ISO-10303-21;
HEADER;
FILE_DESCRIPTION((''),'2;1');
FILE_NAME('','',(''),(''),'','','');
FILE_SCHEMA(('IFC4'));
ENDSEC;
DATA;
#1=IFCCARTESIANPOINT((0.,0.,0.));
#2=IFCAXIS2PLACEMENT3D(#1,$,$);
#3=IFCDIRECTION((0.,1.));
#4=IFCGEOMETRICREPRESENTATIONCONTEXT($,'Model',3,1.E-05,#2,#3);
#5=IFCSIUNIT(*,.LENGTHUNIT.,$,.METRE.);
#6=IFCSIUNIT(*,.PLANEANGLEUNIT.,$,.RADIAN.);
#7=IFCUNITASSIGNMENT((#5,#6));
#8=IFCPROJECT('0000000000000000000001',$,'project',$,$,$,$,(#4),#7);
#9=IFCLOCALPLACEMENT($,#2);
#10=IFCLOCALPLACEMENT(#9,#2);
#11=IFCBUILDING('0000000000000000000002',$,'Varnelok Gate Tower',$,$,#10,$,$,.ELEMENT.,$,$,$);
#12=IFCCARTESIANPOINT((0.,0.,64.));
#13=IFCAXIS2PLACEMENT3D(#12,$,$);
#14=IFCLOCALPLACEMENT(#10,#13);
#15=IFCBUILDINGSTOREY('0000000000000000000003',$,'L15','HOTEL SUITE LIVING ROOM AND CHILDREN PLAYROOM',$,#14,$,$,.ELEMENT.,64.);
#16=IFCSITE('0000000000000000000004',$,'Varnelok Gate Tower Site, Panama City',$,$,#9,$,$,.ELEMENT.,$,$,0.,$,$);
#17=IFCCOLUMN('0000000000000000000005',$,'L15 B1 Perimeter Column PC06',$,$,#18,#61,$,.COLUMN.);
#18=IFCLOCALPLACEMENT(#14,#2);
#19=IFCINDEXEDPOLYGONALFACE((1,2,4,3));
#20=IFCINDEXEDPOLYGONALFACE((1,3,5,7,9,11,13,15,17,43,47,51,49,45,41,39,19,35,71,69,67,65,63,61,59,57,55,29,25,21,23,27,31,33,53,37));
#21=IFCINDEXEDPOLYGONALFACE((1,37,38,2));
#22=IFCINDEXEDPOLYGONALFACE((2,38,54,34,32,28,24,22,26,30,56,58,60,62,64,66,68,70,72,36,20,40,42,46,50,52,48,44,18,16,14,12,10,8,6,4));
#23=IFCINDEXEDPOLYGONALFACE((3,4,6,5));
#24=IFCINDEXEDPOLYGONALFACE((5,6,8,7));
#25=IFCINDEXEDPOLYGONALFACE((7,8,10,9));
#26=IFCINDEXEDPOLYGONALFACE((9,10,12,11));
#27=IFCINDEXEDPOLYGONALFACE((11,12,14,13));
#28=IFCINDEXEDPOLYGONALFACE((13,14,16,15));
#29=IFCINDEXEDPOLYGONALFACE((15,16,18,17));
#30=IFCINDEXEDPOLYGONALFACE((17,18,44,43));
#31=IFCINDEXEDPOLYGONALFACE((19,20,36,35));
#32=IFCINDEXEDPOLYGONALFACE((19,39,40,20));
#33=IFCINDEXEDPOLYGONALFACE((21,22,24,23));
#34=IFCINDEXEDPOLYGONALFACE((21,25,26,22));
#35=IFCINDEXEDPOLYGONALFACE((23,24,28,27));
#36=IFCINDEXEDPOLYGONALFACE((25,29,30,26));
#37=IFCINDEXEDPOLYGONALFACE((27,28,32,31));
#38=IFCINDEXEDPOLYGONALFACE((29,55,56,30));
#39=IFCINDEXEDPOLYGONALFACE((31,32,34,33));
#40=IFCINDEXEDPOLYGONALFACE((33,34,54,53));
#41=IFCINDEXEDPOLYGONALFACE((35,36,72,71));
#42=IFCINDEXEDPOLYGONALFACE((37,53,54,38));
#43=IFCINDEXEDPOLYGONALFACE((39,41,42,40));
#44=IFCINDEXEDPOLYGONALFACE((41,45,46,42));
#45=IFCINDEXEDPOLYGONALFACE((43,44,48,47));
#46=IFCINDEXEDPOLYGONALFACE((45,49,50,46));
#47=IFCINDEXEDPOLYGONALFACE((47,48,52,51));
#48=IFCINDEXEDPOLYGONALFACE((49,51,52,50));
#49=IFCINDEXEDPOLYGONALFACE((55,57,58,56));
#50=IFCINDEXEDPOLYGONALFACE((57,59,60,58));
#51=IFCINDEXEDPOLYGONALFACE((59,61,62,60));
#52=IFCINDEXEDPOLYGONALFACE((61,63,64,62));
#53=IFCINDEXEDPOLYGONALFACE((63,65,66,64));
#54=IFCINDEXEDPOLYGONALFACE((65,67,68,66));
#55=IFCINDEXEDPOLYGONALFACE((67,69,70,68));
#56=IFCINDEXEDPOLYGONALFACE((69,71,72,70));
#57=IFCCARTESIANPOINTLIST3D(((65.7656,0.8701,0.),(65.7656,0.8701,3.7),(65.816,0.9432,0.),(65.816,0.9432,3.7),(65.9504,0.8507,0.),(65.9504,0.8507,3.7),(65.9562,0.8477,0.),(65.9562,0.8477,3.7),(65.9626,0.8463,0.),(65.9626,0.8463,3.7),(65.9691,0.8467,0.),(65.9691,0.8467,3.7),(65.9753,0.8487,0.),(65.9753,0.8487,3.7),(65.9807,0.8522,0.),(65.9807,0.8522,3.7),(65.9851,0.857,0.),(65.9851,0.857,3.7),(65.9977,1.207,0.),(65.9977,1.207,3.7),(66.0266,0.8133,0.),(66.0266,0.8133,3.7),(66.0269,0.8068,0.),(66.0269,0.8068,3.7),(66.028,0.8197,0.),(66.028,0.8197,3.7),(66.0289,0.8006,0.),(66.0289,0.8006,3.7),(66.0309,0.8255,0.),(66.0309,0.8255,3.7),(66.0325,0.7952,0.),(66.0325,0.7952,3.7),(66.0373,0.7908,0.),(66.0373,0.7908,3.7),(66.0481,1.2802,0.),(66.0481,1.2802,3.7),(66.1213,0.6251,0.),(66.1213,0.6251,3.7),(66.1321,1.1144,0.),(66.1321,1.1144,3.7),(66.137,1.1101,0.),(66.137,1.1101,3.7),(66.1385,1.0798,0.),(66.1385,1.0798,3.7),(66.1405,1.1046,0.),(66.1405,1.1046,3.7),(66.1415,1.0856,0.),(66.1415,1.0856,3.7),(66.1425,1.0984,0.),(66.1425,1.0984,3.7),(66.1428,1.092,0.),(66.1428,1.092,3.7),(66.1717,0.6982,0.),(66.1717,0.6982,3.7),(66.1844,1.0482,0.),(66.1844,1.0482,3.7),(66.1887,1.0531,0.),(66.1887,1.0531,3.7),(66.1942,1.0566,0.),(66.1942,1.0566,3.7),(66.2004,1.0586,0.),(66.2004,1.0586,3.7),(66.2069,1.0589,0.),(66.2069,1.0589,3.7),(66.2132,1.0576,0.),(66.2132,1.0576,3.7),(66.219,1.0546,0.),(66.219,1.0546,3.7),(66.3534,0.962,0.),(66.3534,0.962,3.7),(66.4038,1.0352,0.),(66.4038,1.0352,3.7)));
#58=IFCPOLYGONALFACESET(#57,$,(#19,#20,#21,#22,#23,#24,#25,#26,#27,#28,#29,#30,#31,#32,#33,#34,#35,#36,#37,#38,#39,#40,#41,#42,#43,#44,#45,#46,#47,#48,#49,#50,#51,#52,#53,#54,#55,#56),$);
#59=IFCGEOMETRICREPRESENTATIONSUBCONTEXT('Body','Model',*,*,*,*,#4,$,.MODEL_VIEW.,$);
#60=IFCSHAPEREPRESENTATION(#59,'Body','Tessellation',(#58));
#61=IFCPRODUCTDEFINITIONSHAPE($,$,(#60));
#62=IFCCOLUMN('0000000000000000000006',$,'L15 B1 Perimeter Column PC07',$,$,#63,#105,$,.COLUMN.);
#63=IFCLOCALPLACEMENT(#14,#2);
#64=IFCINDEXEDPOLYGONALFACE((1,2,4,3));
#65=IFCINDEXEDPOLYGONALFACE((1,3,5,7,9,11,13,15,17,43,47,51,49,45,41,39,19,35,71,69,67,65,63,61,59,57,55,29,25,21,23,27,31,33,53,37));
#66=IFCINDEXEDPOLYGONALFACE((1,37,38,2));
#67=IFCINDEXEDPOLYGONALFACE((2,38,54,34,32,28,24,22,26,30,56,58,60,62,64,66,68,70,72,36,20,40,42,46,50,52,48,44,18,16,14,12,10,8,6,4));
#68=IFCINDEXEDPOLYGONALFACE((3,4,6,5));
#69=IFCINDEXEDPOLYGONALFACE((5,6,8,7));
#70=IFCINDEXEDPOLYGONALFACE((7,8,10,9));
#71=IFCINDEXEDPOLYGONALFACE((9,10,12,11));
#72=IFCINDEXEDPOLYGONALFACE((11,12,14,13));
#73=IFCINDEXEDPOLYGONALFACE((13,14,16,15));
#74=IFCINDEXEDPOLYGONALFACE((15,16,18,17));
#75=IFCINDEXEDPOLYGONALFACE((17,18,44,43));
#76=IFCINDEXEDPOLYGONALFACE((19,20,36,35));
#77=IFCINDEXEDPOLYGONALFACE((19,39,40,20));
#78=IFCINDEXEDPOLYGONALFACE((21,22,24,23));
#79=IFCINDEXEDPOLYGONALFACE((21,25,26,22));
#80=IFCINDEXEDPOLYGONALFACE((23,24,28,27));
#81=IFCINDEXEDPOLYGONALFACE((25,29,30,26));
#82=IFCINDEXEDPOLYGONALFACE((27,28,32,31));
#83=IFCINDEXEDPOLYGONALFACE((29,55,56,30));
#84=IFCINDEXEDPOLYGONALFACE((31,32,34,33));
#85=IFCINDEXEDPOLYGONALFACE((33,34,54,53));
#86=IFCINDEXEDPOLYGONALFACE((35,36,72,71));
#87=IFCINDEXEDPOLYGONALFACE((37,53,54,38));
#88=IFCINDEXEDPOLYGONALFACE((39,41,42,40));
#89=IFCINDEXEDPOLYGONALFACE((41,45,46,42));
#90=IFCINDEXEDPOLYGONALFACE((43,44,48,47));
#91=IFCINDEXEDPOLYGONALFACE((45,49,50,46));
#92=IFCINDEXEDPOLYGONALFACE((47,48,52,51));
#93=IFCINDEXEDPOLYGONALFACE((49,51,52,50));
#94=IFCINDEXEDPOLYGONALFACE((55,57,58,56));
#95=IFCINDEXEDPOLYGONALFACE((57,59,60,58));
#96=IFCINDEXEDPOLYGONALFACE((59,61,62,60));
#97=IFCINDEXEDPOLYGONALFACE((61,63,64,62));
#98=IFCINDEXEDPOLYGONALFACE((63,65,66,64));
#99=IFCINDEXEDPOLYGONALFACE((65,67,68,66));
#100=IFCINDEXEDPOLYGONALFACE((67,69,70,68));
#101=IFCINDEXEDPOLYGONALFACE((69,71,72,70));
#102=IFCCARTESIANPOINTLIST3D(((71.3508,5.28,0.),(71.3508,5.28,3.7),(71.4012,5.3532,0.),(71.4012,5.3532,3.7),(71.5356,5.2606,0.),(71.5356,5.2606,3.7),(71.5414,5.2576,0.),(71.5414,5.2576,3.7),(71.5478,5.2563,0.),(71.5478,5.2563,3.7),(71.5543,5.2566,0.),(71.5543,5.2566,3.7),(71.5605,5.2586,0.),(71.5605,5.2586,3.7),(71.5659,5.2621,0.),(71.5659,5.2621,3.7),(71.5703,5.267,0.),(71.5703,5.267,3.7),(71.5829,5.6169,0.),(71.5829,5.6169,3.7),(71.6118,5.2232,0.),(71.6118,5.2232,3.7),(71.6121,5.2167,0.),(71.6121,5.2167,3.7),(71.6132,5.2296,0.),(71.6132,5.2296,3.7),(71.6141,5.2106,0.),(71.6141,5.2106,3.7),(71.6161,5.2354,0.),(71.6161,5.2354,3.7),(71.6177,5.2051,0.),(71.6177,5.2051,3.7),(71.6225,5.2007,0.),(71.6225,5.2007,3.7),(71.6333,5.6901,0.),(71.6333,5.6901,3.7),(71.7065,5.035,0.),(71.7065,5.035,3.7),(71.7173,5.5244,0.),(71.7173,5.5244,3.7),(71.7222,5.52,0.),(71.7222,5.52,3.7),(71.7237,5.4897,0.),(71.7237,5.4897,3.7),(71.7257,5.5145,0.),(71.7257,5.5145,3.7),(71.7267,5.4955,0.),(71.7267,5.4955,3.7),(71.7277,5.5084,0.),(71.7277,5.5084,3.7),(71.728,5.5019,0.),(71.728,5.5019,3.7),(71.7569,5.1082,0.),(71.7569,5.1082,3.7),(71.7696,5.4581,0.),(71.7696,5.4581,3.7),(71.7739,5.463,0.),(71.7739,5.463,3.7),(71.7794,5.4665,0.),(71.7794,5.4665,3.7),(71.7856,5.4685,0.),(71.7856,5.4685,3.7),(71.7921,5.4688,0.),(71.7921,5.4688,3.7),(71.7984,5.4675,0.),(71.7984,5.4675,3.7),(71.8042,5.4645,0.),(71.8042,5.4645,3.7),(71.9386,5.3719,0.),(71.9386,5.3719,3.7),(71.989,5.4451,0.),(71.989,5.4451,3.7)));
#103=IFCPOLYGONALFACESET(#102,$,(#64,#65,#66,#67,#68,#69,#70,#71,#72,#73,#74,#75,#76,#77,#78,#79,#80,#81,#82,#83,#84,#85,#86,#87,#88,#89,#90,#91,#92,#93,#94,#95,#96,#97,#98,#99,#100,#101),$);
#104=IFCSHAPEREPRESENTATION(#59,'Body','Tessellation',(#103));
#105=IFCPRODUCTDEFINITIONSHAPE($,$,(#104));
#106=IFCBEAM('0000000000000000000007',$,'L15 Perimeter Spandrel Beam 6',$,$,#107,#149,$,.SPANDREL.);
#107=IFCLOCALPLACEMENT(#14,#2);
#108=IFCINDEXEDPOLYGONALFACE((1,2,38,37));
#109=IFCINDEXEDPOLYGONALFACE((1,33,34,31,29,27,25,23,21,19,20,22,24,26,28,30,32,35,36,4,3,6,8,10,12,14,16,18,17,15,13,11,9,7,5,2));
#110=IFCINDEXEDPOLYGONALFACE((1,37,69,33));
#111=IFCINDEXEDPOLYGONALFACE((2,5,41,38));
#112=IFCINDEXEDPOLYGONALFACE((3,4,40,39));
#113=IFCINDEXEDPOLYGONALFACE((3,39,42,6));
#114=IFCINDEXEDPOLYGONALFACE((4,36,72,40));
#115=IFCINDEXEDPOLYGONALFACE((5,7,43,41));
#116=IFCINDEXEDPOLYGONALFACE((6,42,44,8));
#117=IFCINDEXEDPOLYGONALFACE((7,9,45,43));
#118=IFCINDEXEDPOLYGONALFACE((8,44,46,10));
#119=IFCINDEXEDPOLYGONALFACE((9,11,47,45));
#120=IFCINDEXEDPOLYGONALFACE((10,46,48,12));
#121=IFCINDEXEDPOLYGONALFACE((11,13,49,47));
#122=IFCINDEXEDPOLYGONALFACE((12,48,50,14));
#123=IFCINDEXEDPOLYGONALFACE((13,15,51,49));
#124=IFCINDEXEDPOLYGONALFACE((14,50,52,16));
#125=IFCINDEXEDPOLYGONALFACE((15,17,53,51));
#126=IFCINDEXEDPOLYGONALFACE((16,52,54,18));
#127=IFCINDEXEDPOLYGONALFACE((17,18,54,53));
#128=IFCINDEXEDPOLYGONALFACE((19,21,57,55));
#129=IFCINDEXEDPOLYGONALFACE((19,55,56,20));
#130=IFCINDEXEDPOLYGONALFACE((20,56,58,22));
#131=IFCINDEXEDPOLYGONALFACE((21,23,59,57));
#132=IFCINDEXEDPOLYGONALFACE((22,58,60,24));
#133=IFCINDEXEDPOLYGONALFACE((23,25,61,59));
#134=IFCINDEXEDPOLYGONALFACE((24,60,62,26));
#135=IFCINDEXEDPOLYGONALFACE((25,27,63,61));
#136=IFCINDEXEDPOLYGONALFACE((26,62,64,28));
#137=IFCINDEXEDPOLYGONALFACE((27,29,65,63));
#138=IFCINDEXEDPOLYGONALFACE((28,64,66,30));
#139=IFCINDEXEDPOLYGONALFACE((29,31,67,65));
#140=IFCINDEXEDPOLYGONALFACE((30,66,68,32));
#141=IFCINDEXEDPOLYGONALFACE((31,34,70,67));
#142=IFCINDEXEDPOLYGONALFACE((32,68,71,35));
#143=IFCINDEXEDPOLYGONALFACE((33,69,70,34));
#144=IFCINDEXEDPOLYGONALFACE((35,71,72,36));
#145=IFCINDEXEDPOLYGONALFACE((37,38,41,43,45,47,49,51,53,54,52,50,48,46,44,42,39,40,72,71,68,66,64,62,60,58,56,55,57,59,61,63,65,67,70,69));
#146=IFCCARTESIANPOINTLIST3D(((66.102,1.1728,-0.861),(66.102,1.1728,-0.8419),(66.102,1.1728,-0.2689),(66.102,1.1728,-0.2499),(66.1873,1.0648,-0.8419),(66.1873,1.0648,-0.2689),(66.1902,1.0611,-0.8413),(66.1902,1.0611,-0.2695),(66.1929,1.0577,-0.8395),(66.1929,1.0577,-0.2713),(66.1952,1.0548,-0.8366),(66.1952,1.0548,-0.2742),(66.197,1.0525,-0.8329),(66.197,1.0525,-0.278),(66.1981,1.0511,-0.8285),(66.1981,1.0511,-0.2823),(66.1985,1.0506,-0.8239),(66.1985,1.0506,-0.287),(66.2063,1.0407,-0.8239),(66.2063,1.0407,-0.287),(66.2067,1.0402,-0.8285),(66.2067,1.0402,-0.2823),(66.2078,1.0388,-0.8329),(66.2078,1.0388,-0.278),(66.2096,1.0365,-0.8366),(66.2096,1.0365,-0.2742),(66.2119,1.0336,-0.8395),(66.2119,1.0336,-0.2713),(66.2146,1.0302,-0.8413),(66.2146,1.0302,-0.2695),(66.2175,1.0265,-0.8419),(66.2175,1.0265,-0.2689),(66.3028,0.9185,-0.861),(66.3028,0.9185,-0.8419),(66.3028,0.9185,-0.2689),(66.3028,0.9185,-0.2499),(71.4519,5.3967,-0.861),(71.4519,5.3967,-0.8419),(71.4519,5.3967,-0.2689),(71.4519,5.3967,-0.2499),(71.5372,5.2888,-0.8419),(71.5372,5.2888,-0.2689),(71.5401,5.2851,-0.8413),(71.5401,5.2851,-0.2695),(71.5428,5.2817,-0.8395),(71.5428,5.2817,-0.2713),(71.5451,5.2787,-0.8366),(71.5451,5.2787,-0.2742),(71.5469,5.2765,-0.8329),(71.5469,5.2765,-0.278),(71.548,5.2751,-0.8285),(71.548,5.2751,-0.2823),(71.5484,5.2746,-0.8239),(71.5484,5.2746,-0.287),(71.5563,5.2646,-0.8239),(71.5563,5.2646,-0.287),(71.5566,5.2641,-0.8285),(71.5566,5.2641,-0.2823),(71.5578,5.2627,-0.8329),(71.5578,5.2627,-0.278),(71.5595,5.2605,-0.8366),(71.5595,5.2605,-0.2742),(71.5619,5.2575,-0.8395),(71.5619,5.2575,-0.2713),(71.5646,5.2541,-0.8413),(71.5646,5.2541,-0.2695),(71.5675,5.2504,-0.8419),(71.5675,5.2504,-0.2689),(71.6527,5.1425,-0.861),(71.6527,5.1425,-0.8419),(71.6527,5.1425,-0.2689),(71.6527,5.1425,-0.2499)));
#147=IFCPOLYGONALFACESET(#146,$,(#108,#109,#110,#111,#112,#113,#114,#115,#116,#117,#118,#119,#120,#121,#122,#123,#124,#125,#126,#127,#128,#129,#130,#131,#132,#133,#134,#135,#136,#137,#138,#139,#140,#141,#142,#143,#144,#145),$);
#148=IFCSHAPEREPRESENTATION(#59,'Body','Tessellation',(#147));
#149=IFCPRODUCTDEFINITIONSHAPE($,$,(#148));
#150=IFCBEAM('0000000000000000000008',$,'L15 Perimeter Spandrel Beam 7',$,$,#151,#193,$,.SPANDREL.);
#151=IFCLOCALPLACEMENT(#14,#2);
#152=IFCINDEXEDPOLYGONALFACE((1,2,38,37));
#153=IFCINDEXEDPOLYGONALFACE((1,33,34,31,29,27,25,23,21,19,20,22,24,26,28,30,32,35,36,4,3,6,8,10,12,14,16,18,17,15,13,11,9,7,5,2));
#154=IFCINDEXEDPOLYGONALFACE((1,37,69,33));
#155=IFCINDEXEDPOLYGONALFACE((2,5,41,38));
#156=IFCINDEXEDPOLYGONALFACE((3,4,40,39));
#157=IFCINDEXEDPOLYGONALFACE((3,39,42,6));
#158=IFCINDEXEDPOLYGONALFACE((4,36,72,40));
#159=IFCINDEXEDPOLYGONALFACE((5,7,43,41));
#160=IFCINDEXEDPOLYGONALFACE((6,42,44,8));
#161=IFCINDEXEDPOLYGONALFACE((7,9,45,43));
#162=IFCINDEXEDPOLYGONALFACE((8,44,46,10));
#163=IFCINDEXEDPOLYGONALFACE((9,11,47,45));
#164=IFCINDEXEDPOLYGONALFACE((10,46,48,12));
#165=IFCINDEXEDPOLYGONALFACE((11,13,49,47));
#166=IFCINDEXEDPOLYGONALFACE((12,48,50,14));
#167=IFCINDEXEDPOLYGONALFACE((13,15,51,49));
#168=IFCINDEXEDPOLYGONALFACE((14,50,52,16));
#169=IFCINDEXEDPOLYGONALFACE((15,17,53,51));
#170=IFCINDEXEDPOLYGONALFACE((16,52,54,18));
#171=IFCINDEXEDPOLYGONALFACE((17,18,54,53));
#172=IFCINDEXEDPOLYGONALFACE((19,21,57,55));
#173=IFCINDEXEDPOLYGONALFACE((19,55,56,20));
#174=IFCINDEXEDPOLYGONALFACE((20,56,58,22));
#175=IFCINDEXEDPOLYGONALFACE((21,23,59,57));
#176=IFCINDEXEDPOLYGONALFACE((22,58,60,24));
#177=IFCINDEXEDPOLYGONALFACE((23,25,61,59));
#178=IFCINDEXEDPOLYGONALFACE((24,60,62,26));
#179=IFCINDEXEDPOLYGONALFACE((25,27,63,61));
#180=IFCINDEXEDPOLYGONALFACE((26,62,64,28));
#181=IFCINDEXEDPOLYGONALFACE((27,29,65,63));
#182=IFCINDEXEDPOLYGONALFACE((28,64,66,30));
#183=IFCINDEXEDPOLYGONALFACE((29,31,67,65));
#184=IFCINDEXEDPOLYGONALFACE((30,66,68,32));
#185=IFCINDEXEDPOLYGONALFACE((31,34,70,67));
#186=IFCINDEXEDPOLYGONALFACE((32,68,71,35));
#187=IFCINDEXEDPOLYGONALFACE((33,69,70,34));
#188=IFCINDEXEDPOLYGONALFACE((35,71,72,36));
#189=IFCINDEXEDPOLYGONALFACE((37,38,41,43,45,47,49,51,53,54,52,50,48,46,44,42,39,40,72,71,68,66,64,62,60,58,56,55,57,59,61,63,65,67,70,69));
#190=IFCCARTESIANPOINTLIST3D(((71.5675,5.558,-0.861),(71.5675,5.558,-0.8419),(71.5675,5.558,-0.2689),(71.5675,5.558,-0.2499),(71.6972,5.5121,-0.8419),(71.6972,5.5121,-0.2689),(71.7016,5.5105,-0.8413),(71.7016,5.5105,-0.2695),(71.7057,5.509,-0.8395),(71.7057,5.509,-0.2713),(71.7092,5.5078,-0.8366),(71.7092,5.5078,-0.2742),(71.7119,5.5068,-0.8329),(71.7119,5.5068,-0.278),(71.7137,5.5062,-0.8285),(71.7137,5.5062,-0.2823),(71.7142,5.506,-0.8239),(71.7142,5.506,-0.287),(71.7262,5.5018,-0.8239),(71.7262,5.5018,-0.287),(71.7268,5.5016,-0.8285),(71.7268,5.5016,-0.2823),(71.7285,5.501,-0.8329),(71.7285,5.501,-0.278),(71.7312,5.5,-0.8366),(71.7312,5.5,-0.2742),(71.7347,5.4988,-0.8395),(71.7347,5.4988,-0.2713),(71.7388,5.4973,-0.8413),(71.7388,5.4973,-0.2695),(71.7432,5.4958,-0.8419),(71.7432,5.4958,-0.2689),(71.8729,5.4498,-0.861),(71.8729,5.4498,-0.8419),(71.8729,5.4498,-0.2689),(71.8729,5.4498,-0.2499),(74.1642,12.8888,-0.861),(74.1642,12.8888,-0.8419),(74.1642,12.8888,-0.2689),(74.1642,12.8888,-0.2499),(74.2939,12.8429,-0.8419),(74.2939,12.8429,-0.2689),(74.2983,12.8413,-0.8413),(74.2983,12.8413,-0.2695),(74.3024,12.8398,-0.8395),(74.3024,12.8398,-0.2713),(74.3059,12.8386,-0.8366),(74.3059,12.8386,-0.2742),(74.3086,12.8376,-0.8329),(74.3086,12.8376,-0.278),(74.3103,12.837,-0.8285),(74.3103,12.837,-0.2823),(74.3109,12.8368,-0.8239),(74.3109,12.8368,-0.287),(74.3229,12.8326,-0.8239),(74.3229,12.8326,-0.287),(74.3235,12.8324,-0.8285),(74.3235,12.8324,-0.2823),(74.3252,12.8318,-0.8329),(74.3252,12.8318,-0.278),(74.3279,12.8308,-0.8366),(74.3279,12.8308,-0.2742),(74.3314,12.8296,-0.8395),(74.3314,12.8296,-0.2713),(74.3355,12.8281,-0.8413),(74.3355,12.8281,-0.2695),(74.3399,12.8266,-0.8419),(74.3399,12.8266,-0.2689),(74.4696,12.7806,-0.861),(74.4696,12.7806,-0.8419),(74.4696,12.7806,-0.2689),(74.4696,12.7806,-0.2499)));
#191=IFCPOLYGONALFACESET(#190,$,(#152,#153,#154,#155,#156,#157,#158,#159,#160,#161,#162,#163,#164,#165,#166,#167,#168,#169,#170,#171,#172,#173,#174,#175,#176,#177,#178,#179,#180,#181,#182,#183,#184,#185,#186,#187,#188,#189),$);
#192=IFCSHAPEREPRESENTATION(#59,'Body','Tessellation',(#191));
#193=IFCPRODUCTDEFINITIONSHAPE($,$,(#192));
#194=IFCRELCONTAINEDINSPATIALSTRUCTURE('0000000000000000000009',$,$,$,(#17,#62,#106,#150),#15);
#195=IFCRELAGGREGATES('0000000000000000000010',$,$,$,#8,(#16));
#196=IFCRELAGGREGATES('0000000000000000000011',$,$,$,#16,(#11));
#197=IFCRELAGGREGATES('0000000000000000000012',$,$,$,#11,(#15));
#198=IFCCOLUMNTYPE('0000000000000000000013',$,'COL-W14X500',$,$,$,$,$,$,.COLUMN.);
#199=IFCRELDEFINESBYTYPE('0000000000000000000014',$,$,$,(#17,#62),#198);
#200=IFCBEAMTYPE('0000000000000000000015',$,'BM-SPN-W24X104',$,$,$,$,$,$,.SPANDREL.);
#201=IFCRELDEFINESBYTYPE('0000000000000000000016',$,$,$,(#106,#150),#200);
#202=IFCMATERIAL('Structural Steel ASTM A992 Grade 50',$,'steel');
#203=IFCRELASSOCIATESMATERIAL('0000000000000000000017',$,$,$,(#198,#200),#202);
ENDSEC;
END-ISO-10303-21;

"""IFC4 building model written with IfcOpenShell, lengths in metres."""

from ifc_helpers import new_model, si_unit, direction, frame, origin, origin_2d, place, context, subcontext, project, spatial, i_section, extrude, material, material_profile, profile_set, type_object, element, save


model = new_model("IFC4")

# Units and contexts
model_context = context("Model", 3, precision=1e-05, world=origin(), true_north=direction((0.0, 1.0)))
body_context = subcontext(model_context, "Body", "Model", "MODEL_VIEW")
ifc_project = project(units=[si_unit("LENGTHUNIT", "METRE"), si_unit("PLANEANGLEUNIT", "RADIAN")], contexts=[model_context])

# Site, building, storey
site_placement = place(None, origin())
site = spatial("IfcSite", under=ifc_project, at=site_placement, Name="Varnelok Gate Tower Site, Panama City", CompositionType="ELEMENT", RefElevation=0.0)
building_placement = place(site_placement, origin())
building = spatial("IfcBuilding", under=site, at=building_placement, Name="Varnelok Gate Tower", CompositionType="ELEMENT")
storey_placement = place(building_placement, frame((0.0, 0.0, 64.0)))
storey = spatial("IfcBuildingStorey", under=building, at=storey_placement, Name="L15", Description="HOTEL SUITE LIVING ROOM AND CHILDREN PLAYROOM", CompositionType="ELEMENT", Elevation=64.0)

# Columns
ifc_material_1 = material(Name="Structural Steel ASTM A992 Grade 50", Category="steel")
ifc_material_profile_1 = material_profile(ifc_material_1, i_section(OverallWidth=0.4319, OverallDepth=0.498, WebThickness=0.0557, FlangeThickness=0.0889, FilletRadius=0.0249, at=origin_2d()), Name="W14X500")
ifc_profile_set_1 = profile_set([ifc_material_profile_1], Name="Structural Steel ASTM A992 Grade 50")
column_type = type_object("IfcColumnType", Name="COL-W14X500", PredefinedType="COLUMN", material=ifc_profile_set_1)
for number, where, z_axis, x_axis, name in (
    (1, (66.0847, 0.9526, 0.0), (0.0, 0.0, 1.0), (0.823533, -0.567269, 0.0), "L15 B1 Perimeter Column PC06"),
    (2, (71.6699, 5.3625, 0.0), (0.0, 0.0, 1.0), (0.823533, -0.567269, 0.0), "L15 B1 Perimeter Column PC07"),
):
    element("IfcColumn", number, at=place(storey_placement, frame(where, z_axis=z_axis, x_axis=x_axis)), inside=storey, type_object=column_type, Name=name, PredefinedType="COLUMN", context=body_context, shape_type="SweptSolid", body=[
        extrude(i_section(OverallWidth=0.4319, OverallDepth=0.498, WebThickness=0.0557, FlangeThickness=0.0889, FilletRadius=0.0249, at=origin_2d()), origin(), (0.0, 0.0, 1.0), 3.7),
    ])

# Beams
ifc_material_profile_2 = material_profile(ifc_material_1, i_section(OverallWidth=0.324, OverallDepth=0.6111, WebThickness=0.0127, FlangeThickness=0.019, FilletRadius=0.0181, at=origin_2d()), Name="W24X104")
ifc_profile_set_2 = profile_set([ifc_material_profile_2], Name="Structural Steel ASTM A992 Grade 50")
beam_type = type_object("IfcBeamType", Name="BM-SPN-W24X104", PredefinedType="SPANDREL", material=ifc_profile_set_2)
beam_1_placement = place(storey_placement, frame((66.2024, 1.0457, -0.5554), z_axis=(0.784861, 0.619672, 0.0), x_axis=(-0.619672, 0.784861, 0.0)))
element("IfcBeam", 3, at=beam_1_placement, inside=storey, type_object=beam_type, Name="L15 Perimeter Spandrel Beam 6", PredefinedType="SPANDREL", context=body_context, shape_type="SweptSolid", body=[
    extrude(i_section(OverallWidth=0.324, OverallDepth=0.6111, WebThickness=0.0127, FlangeThickness=0.019, FilletRadius=0.0181, at=origin_2d()), origin(), (0.0, 0.0, 1.0), 6.8164),
])
beam_2_placement = place(storey_placement, frame((71.7202, 5.5039, -0.5554), z_axis=(0.333887, 0.942613, 0.0), x_axis=(-0.942613, 0.333887, 0.0)))
element("IfcBeam", 4, at=beam_2_placement, inside=storey, type_object=beam_type, Name="L15 Perimeter Spandrel Beam 7", PredefinedType="SPANDREL", context=body_context, shape_type="SweptSolid", body=[
    extrude(i_section(OverallWidth=0.324, OverallDepth=0.6111, WebThickness=0.0127, FlangeThickness=0.019, FilletRadius=0.0181, at=origin_2d()), origin(), (0.0, 0.0, 1.0), 7.7771),
])

save(model, "model.ifc")
